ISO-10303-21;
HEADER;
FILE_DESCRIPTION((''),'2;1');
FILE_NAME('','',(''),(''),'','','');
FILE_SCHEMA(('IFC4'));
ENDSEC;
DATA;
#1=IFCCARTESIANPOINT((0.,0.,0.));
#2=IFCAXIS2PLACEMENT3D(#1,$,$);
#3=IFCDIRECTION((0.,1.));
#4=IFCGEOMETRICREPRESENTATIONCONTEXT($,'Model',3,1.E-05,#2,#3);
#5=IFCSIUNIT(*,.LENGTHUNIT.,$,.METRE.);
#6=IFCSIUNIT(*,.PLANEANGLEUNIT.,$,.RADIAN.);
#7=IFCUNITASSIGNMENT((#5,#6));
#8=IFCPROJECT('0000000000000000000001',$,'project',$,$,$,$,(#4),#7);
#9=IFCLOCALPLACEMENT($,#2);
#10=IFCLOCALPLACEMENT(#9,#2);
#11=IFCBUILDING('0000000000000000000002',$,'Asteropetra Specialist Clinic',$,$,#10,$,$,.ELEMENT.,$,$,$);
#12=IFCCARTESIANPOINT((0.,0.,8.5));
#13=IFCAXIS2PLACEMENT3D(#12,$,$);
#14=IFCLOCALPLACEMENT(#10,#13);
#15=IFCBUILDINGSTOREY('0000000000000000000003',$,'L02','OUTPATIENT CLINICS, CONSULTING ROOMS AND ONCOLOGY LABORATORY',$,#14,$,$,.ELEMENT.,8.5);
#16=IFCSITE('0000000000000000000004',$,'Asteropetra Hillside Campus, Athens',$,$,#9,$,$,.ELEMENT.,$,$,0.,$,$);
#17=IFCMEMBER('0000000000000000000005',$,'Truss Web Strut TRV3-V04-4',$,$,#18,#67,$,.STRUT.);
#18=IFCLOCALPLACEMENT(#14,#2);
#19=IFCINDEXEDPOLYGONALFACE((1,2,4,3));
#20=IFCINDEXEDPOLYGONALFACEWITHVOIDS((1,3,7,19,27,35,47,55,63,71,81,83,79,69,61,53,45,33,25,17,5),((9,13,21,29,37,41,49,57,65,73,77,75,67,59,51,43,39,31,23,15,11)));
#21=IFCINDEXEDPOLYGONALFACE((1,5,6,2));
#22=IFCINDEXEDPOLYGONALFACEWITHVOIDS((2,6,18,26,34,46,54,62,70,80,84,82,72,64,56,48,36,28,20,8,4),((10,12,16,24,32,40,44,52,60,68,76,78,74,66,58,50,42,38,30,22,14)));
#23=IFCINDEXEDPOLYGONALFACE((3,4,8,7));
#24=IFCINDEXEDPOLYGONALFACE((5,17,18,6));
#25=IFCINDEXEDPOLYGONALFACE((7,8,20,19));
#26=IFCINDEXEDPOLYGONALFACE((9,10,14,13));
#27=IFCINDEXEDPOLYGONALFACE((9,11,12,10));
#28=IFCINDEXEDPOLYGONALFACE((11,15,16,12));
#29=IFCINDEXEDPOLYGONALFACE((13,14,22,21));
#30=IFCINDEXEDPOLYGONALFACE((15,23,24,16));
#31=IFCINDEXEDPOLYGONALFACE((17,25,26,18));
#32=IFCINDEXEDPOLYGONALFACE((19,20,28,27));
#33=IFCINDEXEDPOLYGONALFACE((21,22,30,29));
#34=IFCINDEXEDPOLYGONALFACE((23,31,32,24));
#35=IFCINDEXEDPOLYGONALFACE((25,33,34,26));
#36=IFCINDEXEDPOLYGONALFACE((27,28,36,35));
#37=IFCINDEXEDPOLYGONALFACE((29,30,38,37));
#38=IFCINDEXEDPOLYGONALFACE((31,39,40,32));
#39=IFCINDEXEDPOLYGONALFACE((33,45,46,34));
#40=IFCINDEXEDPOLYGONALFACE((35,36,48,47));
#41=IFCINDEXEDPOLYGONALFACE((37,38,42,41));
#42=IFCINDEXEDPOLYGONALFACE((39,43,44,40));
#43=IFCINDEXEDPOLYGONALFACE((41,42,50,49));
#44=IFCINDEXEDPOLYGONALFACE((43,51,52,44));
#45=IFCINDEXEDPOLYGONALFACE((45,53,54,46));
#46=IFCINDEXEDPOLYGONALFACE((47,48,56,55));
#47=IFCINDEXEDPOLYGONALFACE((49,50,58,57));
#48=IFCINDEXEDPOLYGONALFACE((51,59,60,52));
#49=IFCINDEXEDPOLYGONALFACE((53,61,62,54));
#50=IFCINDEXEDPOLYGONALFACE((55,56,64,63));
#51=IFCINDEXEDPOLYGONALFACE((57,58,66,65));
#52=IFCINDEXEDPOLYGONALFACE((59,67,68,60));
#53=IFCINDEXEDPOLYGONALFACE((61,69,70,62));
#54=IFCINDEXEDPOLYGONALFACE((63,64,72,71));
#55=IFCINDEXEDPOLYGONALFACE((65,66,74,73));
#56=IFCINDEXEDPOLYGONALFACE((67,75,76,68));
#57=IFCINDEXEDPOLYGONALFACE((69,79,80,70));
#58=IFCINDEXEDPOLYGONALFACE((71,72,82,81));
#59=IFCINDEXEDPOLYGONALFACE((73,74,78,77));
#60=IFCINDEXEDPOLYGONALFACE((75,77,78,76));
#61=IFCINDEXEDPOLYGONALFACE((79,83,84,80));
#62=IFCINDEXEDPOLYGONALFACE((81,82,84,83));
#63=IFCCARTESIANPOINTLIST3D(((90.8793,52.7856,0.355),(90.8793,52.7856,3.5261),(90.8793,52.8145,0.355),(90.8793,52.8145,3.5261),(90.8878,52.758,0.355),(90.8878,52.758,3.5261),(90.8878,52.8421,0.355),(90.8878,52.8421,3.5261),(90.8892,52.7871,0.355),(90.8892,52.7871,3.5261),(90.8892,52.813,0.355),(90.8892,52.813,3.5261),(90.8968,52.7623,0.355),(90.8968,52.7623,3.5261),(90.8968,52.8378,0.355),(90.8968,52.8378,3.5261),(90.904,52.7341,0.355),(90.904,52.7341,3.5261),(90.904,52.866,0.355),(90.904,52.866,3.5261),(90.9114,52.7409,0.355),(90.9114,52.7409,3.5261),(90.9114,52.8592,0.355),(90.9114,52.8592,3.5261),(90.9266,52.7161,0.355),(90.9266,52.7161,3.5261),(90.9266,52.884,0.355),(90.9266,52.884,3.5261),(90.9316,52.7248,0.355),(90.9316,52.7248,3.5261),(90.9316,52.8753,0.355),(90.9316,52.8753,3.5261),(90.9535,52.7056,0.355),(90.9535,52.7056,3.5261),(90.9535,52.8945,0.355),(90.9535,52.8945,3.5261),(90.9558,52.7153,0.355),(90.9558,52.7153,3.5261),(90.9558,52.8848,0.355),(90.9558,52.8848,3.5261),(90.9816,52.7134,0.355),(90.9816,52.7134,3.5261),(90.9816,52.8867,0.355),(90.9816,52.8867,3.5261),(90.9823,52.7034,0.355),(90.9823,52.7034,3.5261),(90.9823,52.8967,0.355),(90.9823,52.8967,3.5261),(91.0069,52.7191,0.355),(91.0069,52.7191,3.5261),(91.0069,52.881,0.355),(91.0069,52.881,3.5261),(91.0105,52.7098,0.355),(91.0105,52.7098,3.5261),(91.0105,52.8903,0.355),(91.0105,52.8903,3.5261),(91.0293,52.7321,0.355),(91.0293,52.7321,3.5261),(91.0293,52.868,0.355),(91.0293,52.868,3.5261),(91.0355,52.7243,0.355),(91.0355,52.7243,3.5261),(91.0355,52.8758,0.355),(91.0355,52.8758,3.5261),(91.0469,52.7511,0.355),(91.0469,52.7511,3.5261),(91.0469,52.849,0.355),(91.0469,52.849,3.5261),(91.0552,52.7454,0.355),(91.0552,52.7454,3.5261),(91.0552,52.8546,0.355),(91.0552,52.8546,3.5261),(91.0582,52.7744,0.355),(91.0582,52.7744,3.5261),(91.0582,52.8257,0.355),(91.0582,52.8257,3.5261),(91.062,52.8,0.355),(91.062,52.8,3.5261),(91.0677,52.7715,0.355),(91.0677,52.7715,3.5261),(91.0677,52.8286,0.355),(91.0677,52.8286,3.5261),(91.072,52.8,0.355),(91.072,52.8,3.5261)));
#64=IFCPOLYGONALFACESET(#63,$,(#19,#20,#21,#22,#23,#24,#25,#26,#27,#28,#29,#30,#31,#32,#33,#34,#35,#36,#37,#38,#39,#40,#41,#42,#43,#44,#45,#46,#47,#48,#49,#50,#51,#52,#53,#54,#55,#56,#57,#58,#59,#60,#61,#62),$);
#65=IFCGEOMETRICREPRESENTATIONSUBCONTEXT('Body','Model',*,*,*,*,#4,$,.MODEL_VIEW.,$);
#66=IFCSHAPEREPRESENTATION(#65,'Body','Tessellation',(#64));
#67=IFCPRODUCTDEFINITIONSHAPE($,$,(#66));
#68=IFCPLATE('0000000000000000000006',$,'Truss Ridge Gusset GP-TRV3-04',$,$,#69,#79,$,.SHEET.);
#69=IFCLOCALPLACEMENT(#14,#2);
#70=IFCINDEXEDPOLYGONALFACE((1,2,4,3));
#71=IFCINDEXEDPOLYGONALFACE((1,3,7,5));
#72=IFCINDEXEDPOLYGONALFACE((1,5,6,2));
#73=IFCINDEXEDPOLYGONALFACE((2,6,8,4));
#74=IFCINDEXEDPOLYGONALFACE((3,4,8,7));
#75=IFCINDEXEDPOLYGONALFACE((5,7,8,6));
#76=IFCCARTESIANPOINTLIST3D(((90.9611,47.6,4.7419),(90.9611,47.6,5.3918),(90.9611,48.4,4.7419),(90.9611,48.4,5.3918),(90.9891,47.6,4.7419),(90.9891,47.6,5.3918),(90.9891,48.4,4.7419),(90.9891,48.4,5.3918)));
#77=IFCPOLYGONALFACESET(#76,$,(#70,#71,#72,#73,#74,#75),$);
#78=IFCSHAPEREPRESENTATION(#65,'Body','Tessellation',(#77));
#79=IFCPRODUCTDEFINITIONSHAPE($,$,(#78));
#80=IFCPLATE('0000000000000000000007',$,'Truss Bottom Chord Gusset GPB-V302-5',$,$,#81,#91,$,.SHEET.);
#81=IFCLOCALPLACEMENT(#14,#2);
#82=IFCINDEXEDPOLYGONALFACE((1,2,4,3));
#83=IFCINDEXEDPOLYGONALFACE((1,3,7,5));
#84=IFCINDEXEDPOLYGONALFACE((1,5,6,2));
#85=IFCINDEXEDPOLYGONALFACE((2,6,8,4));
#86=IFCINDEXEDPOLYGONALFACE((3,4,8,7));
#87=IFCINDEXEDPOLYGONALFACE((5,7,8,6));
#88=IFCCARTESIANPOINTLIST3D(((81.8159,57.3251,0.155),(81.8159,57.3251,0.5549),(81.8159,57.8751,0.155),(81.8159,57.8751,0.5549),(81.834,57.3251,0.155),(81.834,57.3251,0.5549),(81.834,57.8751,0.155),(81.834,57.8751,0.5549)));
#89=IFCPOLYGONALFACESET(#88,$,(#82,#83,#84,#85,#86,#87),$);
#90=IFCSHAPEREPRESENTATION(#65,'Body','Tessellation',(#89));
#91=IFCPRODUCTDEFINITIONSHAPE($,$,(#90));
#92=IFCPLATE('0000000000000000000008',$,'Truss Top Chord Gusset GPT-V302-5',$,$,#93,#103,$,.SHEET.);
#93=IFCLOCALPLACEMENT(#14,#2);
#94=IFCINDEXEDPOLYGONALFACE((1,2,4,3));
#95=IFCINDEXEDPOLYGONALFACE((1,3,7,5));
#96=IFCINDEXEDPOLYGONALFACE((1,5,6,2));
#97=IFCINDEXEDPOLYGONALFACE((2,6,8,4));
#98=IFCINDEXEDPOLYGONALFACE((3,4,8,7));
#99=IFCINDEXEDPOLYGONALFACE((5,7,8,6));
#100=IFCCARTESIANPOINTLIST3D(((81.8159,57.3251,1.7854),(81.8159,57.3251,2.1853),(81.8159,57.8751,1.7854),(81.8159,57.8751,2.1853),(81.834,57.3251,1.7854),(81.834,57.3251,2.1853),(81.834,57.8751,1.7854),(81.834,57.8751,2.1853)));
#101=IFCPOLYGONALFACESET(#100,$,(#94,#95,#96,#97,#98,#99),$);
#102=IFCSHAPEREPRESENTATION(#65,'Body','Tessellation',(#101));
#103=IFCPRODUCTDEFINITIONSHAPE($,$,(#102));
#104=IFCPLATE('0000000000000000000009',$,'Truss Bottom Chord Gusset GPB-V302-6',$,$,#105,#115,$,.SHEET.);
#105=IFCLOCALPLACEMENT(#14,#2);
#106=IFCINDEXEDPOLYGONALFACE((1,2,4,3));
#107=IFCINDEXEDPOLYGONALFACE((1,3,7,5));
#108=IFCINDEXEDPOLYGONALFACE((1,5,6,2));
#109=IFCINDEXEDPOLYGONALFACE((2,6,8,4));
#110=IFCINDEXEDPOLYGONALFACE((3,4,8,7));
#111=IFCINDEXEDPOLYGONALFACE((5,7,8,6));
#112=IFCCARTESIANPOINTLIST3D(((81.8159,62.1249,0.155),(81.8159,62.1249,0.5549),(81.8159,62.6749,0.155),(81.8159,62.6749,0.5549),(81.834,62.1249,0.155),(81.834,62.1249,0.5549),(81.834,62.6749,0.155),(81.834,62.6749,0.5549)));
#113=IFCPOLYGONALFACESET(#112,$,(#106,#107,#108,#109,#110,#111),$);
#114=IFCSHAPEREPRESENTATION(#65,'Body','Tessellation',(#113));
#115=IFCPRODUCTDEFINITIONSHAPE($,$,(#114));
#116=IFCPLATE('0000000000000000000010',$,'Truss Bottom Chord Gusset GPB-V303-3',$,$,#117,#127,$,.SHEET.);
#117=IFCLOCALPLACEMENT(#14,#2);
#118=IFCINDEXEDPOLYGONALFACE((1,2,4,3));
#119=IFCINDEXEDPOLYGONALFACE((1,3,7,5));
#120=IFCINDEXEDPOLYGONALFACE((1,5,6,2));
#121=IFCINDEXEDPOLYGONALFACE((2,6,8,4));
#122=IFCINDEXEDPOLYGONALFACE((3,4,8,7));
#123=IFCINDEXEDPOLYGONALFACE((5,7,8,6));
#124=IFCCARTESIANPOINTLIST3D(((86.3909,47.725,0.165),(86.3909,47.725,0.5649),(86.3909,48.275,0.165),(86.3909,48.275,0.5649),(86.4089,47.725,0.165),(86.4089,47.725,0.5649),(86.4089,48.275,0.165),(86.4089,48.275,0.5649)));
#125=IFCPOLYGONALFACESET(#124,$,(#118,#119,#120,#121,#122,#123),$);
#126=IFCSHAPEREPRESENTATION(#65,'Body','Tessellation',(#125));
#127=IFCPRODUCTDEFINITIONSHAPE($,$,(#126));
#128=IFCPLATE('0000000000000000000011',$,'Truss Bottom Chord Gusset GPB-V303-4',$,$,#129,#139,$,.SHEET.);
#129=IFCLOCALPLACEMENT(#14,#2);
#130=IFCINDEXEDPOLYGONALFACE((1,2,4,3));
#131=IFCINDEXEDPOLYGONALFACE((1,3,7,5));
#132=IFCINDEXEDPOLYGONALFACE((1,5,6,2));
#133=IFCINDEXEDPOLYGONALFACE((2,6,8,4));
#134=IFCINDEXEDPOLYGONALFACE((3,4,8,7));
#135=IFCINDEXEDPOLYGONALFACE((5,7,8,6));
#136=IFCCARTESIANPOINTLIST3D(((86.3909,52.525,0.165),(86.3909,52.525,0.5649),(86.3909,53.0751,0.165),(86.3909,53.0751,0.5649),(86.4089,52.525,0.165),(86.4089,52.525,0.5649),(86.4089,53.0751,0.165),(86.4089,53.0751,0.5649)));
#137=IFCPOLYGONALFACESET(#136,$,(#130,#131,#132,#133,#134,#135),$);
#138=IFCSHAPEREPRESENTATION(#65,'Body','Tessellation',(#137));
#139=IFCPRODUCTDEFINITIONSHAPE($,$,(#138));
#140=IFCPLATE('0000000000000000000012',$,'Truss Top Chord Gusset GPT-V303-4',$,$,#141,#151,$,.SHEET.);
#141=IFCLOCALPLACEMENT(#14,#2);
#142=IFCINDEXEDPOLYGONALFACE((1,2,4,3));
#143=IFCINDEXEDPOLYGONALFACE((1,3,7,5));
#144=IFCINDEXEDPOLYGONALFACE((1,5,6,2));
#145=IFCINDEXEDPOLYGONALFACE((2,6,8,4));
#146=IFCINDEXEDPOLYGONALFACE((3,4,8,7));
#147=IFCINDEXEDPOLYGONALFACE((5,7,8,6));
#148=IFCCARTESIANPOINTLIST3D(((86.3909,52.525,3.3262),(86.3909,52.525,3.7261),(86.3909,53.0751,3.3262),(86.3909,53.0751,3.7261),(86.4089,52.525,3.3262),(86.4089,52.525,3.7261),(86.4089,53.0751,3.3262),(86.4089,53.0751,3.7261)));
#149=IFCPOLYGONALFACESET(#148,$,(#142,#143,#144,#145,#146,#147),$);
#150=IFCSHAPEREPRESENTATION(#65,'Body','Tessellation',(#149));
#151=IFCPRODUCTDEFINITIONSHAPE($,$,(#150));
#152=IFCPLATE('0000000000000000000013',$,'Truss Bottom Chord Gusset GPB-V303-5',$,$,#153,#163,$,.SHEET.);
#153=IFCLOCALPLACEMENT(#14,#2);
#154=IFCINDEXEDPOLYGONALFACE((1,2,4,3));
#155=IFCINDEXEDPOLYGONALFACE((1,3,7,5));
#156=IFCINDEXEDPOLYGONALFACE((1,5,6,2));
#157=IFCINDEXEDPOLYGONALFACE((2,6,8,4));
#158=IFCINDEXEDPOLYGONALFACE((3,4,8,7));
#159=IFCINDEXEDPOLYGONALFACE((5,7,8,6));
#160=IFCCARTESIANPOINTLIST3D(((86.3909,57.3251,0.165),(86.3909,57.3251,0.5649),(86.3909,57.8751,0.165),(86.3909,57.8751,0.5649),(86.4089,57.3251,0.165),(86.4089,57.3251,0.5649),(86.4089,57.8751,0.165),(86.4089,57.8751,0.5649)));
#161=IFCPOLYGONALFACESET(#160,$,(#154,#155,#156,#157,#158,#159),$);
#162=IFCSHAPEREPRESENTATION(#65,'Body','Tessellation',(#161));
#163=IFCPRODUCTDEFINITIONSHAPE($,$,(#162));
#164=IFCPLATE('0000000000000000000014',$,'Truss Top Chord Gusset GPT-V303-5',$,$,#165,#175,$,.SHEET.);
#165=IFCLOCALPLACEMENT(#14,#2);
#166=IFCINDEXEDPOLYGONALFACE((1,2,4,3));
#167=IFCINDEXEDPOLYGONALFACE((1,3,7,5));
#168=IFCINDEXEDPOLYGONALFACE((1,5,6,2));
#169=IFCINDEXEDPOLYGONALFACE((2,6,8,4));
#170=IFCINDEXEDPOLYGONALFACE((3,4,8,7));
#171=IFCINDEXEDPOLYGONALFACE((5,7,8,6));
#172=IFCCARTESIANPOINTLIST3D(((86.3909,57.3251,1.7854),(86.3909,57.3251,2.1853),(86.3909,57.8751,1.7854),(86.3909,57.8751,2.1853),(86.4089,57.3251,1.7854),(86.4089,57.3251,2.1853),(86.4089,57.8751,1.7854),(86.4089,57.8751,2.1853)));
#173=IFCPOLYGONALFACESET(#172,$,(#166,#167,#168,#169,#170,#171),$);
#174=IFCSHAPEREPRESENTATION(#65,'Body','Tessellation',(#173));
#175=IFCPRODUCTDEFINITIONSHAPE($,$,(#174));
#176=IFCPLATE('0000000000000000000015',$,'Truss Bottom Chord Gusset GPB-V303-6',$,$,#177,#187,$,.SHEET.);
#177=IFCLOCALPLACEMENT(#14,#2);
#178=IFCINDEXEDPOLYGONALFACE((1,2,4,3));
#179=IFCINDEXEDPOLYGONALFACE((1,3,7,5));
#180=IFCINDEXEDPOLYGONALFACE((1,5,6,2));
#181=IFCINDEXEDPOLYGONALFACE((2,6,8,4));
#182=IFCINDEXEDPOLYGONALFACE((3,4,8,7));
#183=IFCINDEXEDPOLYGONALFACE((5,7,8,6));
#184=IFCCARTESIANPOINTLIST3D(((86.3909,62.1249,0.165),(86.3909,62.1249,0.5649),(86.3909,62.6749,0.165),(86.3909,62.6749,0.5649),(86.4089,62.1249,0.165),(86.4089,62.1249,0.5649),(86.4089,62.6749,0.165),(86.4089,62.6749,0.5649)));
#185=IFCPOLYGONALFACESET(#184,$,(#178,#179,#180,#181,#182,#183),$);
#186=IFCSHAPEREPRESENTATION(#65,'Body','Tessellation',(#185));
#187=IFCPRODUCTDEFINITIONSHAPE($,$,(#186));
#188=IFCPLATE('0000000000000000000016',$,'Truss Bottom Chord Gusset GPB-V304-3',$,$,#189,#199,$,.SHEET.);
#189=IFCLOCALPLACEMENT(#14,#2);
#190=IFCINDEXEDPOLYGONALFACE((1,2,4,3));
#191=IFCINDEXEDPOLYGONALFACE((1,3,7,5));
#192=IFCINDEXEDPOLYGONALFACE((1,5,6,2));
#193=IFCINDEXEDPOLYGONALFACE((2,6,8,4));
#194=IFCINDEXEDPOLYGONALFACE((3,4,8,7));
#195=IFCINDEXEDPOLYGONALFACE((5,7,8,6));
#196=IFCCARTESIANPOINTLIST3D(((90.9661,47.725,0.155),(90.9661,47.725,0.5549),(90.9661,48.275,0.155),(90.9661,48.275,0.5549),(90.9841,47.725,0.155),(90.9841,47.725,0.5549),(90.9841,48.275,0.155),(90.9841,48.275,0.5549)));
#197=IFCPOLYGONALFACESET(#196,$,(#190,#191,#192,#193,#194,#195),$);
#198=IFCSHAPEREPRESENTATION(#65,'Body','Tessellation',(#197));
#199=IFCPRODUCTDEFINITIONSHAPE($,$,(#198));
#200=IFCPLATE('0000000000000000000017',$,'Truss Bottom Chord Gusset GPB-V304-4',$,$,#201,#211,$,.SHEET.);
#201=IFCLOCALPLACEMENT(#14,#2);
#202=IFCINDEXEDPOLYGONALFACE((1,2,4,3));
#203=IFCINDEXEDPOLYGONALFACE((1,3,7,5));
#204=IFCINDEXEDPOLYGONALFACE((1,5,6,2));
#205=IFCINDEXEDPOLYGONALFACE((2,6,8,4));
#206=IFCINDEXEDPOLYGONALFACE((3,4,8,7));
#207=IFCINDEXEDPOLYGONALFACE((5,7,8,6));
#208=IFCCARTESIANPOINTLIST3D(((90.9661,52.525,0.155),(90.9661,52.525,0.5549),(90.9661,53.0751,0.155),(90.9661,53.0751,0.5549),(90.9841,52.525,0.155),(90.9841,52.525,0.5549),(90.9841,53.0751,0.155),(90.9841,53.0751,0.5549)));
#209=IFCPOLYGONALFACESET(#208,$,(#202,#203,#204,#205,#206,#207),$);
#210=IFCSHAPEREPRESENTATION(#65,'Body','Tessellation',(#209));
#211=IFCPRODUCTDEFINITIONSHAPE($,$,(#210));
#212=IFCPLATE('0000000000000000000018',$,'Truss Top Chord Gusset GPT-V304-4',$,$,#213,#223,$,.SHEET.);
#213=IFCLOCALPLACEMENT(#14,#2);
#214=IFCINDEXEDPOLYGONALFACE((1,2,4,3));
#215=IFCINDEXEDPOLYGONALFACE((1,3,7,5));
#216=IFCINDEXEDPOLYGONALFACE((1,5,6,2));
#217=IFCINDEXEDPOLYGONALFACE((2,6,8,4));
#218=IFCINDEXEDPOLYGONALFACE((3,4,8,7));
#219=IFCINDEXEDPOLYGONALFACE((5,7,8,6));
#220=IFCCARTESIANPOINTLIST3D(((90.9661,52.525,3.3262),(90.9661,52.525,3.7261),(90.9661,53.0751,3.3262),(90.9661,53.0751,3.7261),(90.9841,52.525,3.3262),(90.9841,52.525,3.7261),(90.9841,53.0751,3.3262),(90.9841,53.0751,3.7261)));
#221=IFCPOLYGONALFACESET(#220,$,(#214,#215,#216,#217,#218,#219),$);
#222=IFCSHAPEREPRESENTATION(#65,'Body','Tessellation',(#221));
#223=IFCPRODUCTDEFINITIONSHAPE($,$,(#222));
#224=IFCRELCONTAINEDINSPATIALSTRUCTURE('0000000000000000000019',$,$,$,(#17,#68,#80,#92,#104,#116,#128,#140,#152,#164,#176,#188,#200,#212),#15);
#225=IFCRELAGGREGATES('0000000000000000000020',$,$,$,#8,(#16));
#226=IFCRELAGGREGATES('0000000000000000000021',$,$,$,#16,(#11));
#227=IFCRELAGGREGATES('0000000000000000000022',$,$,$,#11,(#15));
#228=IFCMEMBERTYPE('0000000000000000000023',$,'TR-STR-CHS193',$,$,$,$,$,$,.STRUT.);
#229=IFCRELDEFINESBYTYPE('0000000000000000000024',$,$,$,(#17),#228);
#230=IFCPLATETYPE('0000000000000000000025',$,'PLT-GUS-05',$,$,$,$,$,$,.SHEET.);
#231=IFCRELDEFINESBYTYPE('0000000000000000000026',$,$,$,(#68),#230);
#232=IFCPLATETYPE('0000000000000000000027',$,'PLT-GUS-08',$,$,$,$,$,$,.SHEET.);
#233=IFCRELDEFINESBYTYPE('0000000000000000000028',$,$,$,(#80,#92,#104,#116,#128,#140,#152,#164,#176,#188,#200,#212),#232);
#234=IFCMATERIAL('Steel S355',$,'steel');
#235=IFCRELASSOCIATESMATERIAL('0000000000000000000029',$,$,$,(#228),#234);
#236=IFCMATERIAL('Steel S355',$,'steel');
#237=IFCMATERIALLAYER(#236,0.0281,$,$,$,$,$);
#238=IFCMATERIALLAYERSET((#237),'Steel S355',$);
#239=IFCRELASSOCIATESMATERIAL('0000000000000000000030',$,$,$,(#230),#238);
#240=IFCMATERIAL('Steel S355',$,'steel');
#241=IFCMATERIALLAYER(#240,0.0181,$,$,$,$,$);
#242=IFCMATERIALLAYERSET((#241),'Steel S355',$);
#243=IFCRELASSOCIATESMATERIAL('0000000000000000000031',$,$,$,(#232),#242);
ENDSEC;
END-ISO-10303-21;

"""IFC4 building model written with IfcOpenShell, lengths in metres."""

from ifc_helpers import new_model, si_unit, direction, frame, origin, origin_2d, place, context, subcontext, project, spatial, rectangle, hollow_circle, extrude, material, layer, layer_set, material_profile, profile_set, type_object, element, save


model = new_model("IFC4")

# Units and contexts
model_context = context("Model", 3, precision=1e-05, world=origin(), true_north=direction((0.0, 1.0)))
body_context = subcontext(model_context, "Body", "Model", "MODEL_VIEW")
ifc_project = project(units=[si_unit("LENGTHUNIT", "METRE"), si_unit("PLANEANGLEUNIT", "RADIAN")], contexts=[model_context])

# Site, building, storey
site_placement = place(None, origin())
site = spatial("IfcSite", under=ifc_project, at=site_placement, Name="Asteropetra Hillside Campus, Athens", CompositionType="ELEMENT", RefElevation=0.0)
building_placement = place(site_placement, origin())
building = spatial("IfcBuilding", under=site, at=building_placement, Name="Asteropetra Specialist Clinic", CompositionType="ELEMENT")
storey_placement = place(building_placement, frame((0.0, 0.0, 8.5)))
storey = spatial("IfcBuildingStorey", under=building, at=storey_placement, Name="L02", Description="OUTPATIENT CLINICS, CONSULTING ROOMS AND ONCOLOGY LABORATORY", CompositionType="ELEMENT", Elevation=8.5)

# Member
ifc_material_1 = material(Name="Steel S355", Category="steel")
ifc_material_profile_1 = material_profile(ifc_material_1, hollow_circle(Radius=0.0969, WallThickness=0.01, at=origin_2d()), Name="CHS 193.7x10.0")
ifc_profile_set_1 = profile_set([ifc_material_profile_1], Name="Steel S355")
member_type_1 = type_object("IfcMemberType", Name="TR-STR-CHS193", PredefinedType="STRUT", material=ifc_profile_set_1)
member_1_placement = place(storey_placement, frame((90.9751, 52.8, 0.355), z_axis=(0.0, 0.0, 1.0), x_axis=(1.0, 0.0, 0.0)))
element("IfcMember", 1, at=member_1_placement, inside=storey, type_object=member_type_1, Name="Truss Web Strut TRV3-V04-4", PredefinedType="STRUT", context=body_context, shape_type="SweptSolid", body=[
    extrude(hollow_circle(Radius=0.0969, WallThickness=0.01, at=origin_2d()), origin(), (0.0, 0.0, 1.0), 3.1711),
])

# Plates
ifc_material_2 = material(Name="Steel S355", Category="steel")
ifc_layer_1 = layer(ifc_material_2, 0.0281)
ifc_layer_set_1 = layer_set([ifc_layer_1], Name="Steel S355")
plate_type_1 = type_object("IfcPlateType", Name="PLT-GUS-05", PredefinedType="SHEET", material=ifc_layer_set_1)
plate_placement = place(storey_placement, frame((90.9751, 48.0, 4.7419), z_axis=(0.0, 0.0, 1.0), x_axis=(1.0, 0.0, 0.0)))
element("IfcPlate", 2, at=plate_placement, inside=storey, type_object=plate_type_1, Name="Truss Ridge Gusset GP-TRV3-04", PredefinedType="SHEET", context=body_context, shape_type="SweptSolid", body=[
    extrude(rectangle(XDim=0.0281, YDim=0.8, at=origin_2d()), origin(), (0.0, 0.0, 1.0), 0.6499),
])
ifc_material_3 = material(Name="Steel S355", Category="steel")
ifc_layer_2 = layer(ifc_material_3, 0.0181)
ifc_layer_set_2 = layer_set([ifc_layer_2], Name="Steel S355")
plate_type_2 = type_object("IfcPlateType", Name="PLT-GUS-08", PredefinedType="SHEET", material=ifc_layer_set_2)
for number, where, z_axis, x_axis, name in (
    (3, (81.825, 57.6001, 0.155), (0.0, 0.0, 1.0), (1.0, 0.0, 0.0), "Truss Bottom Chord Gusset GPB-V302-5"),
    (4, (81.825, 57.6001, 1.7854), (0.0, 0.0, 1.0), (1.0, 0.0, 0.0), "Truss Top Chord Gusset GPT-V302-5"),
    (5, (81.825, 62.3999, 0.155), (0.0, 0.0, 1.0), (1.0, 0.0, 0.0), "Truss Bottom Chord Gusset GPB-V302-6"),
    (6, (86.3999, 48.0, 0.165), (0.0, 0.0, 1.0), (1.0, 0.0, 0.0), "Truss Bottom Chord Gusset GPB-V303-3"),
    (7, (86.3999, 52.8, 0.165), (0.0, 0.0, 1.0), (1.0, 0.0, 0.0), "Truss Bottom Chord Gusset GPB-V303-4"),
    (8, (86.3999, 52.8, 3.3262), (0.0, 0.0, 1.0), (1.0, 0.0, 0.0), "Truss Top Chord Gusset GPT-V303-4"),
    (9, (86.3999, 57.6001, 0.165), (0.0, 0.0, 1.0), (1.0, 0.0, 0.0), "Truss Bottom Chord Gusset GPB-V303-5"),
    (10, (86.3999, 57.6001, 1.7854), (0.0, 0.0, 1.0), (1.0, 0.0, 0.0), "Truss Top Chord Gusset GPT-V303-5"),
    (11, (86.3999, 62.3999, 0.165), (0.0, 0.0, 1.0), (1.0, 0.0, 0.0), "Truss Bottom Chord Gusset GPB-V303-6"),
    (12, (90.9751, 48.0, 0.155), (0.0, 0.0, 1.0), (1.0, 0.0, 0.0), "Truss Bottom Chord Gusset GPB-V304-3"),
    (13, (90.9751, 52.8, 0.155), (0.0, 0.0, 1.0), (1.0, 0.0, 0.0), "Truss Bottom Chord Gusset GPB-V304-4"),
    (14, (90.9751, 52.8, 3.3262), (0.0, 0.0, 1.0), (1.0, 0.0, 0.0), "Truss Top Chord Gusset GPT-V304-4"),
):
    element("IfcPlate", number, at=place(storey_placement, frame(where, z_axis=z_axis, x_axis=x_axis)), inside=storey, type_object=plate_type_2, Name=name, PredefinedType="SHEET", context=body_context, shape_type="SweptSolid", body=[
        extrude(rectangle(XDim=0.0181, YDim=0.55, at=origin_2d()), origin(), (0.0, 0.0, 1.0), 0.3999),
    ])

save(model, "model.ifc")
